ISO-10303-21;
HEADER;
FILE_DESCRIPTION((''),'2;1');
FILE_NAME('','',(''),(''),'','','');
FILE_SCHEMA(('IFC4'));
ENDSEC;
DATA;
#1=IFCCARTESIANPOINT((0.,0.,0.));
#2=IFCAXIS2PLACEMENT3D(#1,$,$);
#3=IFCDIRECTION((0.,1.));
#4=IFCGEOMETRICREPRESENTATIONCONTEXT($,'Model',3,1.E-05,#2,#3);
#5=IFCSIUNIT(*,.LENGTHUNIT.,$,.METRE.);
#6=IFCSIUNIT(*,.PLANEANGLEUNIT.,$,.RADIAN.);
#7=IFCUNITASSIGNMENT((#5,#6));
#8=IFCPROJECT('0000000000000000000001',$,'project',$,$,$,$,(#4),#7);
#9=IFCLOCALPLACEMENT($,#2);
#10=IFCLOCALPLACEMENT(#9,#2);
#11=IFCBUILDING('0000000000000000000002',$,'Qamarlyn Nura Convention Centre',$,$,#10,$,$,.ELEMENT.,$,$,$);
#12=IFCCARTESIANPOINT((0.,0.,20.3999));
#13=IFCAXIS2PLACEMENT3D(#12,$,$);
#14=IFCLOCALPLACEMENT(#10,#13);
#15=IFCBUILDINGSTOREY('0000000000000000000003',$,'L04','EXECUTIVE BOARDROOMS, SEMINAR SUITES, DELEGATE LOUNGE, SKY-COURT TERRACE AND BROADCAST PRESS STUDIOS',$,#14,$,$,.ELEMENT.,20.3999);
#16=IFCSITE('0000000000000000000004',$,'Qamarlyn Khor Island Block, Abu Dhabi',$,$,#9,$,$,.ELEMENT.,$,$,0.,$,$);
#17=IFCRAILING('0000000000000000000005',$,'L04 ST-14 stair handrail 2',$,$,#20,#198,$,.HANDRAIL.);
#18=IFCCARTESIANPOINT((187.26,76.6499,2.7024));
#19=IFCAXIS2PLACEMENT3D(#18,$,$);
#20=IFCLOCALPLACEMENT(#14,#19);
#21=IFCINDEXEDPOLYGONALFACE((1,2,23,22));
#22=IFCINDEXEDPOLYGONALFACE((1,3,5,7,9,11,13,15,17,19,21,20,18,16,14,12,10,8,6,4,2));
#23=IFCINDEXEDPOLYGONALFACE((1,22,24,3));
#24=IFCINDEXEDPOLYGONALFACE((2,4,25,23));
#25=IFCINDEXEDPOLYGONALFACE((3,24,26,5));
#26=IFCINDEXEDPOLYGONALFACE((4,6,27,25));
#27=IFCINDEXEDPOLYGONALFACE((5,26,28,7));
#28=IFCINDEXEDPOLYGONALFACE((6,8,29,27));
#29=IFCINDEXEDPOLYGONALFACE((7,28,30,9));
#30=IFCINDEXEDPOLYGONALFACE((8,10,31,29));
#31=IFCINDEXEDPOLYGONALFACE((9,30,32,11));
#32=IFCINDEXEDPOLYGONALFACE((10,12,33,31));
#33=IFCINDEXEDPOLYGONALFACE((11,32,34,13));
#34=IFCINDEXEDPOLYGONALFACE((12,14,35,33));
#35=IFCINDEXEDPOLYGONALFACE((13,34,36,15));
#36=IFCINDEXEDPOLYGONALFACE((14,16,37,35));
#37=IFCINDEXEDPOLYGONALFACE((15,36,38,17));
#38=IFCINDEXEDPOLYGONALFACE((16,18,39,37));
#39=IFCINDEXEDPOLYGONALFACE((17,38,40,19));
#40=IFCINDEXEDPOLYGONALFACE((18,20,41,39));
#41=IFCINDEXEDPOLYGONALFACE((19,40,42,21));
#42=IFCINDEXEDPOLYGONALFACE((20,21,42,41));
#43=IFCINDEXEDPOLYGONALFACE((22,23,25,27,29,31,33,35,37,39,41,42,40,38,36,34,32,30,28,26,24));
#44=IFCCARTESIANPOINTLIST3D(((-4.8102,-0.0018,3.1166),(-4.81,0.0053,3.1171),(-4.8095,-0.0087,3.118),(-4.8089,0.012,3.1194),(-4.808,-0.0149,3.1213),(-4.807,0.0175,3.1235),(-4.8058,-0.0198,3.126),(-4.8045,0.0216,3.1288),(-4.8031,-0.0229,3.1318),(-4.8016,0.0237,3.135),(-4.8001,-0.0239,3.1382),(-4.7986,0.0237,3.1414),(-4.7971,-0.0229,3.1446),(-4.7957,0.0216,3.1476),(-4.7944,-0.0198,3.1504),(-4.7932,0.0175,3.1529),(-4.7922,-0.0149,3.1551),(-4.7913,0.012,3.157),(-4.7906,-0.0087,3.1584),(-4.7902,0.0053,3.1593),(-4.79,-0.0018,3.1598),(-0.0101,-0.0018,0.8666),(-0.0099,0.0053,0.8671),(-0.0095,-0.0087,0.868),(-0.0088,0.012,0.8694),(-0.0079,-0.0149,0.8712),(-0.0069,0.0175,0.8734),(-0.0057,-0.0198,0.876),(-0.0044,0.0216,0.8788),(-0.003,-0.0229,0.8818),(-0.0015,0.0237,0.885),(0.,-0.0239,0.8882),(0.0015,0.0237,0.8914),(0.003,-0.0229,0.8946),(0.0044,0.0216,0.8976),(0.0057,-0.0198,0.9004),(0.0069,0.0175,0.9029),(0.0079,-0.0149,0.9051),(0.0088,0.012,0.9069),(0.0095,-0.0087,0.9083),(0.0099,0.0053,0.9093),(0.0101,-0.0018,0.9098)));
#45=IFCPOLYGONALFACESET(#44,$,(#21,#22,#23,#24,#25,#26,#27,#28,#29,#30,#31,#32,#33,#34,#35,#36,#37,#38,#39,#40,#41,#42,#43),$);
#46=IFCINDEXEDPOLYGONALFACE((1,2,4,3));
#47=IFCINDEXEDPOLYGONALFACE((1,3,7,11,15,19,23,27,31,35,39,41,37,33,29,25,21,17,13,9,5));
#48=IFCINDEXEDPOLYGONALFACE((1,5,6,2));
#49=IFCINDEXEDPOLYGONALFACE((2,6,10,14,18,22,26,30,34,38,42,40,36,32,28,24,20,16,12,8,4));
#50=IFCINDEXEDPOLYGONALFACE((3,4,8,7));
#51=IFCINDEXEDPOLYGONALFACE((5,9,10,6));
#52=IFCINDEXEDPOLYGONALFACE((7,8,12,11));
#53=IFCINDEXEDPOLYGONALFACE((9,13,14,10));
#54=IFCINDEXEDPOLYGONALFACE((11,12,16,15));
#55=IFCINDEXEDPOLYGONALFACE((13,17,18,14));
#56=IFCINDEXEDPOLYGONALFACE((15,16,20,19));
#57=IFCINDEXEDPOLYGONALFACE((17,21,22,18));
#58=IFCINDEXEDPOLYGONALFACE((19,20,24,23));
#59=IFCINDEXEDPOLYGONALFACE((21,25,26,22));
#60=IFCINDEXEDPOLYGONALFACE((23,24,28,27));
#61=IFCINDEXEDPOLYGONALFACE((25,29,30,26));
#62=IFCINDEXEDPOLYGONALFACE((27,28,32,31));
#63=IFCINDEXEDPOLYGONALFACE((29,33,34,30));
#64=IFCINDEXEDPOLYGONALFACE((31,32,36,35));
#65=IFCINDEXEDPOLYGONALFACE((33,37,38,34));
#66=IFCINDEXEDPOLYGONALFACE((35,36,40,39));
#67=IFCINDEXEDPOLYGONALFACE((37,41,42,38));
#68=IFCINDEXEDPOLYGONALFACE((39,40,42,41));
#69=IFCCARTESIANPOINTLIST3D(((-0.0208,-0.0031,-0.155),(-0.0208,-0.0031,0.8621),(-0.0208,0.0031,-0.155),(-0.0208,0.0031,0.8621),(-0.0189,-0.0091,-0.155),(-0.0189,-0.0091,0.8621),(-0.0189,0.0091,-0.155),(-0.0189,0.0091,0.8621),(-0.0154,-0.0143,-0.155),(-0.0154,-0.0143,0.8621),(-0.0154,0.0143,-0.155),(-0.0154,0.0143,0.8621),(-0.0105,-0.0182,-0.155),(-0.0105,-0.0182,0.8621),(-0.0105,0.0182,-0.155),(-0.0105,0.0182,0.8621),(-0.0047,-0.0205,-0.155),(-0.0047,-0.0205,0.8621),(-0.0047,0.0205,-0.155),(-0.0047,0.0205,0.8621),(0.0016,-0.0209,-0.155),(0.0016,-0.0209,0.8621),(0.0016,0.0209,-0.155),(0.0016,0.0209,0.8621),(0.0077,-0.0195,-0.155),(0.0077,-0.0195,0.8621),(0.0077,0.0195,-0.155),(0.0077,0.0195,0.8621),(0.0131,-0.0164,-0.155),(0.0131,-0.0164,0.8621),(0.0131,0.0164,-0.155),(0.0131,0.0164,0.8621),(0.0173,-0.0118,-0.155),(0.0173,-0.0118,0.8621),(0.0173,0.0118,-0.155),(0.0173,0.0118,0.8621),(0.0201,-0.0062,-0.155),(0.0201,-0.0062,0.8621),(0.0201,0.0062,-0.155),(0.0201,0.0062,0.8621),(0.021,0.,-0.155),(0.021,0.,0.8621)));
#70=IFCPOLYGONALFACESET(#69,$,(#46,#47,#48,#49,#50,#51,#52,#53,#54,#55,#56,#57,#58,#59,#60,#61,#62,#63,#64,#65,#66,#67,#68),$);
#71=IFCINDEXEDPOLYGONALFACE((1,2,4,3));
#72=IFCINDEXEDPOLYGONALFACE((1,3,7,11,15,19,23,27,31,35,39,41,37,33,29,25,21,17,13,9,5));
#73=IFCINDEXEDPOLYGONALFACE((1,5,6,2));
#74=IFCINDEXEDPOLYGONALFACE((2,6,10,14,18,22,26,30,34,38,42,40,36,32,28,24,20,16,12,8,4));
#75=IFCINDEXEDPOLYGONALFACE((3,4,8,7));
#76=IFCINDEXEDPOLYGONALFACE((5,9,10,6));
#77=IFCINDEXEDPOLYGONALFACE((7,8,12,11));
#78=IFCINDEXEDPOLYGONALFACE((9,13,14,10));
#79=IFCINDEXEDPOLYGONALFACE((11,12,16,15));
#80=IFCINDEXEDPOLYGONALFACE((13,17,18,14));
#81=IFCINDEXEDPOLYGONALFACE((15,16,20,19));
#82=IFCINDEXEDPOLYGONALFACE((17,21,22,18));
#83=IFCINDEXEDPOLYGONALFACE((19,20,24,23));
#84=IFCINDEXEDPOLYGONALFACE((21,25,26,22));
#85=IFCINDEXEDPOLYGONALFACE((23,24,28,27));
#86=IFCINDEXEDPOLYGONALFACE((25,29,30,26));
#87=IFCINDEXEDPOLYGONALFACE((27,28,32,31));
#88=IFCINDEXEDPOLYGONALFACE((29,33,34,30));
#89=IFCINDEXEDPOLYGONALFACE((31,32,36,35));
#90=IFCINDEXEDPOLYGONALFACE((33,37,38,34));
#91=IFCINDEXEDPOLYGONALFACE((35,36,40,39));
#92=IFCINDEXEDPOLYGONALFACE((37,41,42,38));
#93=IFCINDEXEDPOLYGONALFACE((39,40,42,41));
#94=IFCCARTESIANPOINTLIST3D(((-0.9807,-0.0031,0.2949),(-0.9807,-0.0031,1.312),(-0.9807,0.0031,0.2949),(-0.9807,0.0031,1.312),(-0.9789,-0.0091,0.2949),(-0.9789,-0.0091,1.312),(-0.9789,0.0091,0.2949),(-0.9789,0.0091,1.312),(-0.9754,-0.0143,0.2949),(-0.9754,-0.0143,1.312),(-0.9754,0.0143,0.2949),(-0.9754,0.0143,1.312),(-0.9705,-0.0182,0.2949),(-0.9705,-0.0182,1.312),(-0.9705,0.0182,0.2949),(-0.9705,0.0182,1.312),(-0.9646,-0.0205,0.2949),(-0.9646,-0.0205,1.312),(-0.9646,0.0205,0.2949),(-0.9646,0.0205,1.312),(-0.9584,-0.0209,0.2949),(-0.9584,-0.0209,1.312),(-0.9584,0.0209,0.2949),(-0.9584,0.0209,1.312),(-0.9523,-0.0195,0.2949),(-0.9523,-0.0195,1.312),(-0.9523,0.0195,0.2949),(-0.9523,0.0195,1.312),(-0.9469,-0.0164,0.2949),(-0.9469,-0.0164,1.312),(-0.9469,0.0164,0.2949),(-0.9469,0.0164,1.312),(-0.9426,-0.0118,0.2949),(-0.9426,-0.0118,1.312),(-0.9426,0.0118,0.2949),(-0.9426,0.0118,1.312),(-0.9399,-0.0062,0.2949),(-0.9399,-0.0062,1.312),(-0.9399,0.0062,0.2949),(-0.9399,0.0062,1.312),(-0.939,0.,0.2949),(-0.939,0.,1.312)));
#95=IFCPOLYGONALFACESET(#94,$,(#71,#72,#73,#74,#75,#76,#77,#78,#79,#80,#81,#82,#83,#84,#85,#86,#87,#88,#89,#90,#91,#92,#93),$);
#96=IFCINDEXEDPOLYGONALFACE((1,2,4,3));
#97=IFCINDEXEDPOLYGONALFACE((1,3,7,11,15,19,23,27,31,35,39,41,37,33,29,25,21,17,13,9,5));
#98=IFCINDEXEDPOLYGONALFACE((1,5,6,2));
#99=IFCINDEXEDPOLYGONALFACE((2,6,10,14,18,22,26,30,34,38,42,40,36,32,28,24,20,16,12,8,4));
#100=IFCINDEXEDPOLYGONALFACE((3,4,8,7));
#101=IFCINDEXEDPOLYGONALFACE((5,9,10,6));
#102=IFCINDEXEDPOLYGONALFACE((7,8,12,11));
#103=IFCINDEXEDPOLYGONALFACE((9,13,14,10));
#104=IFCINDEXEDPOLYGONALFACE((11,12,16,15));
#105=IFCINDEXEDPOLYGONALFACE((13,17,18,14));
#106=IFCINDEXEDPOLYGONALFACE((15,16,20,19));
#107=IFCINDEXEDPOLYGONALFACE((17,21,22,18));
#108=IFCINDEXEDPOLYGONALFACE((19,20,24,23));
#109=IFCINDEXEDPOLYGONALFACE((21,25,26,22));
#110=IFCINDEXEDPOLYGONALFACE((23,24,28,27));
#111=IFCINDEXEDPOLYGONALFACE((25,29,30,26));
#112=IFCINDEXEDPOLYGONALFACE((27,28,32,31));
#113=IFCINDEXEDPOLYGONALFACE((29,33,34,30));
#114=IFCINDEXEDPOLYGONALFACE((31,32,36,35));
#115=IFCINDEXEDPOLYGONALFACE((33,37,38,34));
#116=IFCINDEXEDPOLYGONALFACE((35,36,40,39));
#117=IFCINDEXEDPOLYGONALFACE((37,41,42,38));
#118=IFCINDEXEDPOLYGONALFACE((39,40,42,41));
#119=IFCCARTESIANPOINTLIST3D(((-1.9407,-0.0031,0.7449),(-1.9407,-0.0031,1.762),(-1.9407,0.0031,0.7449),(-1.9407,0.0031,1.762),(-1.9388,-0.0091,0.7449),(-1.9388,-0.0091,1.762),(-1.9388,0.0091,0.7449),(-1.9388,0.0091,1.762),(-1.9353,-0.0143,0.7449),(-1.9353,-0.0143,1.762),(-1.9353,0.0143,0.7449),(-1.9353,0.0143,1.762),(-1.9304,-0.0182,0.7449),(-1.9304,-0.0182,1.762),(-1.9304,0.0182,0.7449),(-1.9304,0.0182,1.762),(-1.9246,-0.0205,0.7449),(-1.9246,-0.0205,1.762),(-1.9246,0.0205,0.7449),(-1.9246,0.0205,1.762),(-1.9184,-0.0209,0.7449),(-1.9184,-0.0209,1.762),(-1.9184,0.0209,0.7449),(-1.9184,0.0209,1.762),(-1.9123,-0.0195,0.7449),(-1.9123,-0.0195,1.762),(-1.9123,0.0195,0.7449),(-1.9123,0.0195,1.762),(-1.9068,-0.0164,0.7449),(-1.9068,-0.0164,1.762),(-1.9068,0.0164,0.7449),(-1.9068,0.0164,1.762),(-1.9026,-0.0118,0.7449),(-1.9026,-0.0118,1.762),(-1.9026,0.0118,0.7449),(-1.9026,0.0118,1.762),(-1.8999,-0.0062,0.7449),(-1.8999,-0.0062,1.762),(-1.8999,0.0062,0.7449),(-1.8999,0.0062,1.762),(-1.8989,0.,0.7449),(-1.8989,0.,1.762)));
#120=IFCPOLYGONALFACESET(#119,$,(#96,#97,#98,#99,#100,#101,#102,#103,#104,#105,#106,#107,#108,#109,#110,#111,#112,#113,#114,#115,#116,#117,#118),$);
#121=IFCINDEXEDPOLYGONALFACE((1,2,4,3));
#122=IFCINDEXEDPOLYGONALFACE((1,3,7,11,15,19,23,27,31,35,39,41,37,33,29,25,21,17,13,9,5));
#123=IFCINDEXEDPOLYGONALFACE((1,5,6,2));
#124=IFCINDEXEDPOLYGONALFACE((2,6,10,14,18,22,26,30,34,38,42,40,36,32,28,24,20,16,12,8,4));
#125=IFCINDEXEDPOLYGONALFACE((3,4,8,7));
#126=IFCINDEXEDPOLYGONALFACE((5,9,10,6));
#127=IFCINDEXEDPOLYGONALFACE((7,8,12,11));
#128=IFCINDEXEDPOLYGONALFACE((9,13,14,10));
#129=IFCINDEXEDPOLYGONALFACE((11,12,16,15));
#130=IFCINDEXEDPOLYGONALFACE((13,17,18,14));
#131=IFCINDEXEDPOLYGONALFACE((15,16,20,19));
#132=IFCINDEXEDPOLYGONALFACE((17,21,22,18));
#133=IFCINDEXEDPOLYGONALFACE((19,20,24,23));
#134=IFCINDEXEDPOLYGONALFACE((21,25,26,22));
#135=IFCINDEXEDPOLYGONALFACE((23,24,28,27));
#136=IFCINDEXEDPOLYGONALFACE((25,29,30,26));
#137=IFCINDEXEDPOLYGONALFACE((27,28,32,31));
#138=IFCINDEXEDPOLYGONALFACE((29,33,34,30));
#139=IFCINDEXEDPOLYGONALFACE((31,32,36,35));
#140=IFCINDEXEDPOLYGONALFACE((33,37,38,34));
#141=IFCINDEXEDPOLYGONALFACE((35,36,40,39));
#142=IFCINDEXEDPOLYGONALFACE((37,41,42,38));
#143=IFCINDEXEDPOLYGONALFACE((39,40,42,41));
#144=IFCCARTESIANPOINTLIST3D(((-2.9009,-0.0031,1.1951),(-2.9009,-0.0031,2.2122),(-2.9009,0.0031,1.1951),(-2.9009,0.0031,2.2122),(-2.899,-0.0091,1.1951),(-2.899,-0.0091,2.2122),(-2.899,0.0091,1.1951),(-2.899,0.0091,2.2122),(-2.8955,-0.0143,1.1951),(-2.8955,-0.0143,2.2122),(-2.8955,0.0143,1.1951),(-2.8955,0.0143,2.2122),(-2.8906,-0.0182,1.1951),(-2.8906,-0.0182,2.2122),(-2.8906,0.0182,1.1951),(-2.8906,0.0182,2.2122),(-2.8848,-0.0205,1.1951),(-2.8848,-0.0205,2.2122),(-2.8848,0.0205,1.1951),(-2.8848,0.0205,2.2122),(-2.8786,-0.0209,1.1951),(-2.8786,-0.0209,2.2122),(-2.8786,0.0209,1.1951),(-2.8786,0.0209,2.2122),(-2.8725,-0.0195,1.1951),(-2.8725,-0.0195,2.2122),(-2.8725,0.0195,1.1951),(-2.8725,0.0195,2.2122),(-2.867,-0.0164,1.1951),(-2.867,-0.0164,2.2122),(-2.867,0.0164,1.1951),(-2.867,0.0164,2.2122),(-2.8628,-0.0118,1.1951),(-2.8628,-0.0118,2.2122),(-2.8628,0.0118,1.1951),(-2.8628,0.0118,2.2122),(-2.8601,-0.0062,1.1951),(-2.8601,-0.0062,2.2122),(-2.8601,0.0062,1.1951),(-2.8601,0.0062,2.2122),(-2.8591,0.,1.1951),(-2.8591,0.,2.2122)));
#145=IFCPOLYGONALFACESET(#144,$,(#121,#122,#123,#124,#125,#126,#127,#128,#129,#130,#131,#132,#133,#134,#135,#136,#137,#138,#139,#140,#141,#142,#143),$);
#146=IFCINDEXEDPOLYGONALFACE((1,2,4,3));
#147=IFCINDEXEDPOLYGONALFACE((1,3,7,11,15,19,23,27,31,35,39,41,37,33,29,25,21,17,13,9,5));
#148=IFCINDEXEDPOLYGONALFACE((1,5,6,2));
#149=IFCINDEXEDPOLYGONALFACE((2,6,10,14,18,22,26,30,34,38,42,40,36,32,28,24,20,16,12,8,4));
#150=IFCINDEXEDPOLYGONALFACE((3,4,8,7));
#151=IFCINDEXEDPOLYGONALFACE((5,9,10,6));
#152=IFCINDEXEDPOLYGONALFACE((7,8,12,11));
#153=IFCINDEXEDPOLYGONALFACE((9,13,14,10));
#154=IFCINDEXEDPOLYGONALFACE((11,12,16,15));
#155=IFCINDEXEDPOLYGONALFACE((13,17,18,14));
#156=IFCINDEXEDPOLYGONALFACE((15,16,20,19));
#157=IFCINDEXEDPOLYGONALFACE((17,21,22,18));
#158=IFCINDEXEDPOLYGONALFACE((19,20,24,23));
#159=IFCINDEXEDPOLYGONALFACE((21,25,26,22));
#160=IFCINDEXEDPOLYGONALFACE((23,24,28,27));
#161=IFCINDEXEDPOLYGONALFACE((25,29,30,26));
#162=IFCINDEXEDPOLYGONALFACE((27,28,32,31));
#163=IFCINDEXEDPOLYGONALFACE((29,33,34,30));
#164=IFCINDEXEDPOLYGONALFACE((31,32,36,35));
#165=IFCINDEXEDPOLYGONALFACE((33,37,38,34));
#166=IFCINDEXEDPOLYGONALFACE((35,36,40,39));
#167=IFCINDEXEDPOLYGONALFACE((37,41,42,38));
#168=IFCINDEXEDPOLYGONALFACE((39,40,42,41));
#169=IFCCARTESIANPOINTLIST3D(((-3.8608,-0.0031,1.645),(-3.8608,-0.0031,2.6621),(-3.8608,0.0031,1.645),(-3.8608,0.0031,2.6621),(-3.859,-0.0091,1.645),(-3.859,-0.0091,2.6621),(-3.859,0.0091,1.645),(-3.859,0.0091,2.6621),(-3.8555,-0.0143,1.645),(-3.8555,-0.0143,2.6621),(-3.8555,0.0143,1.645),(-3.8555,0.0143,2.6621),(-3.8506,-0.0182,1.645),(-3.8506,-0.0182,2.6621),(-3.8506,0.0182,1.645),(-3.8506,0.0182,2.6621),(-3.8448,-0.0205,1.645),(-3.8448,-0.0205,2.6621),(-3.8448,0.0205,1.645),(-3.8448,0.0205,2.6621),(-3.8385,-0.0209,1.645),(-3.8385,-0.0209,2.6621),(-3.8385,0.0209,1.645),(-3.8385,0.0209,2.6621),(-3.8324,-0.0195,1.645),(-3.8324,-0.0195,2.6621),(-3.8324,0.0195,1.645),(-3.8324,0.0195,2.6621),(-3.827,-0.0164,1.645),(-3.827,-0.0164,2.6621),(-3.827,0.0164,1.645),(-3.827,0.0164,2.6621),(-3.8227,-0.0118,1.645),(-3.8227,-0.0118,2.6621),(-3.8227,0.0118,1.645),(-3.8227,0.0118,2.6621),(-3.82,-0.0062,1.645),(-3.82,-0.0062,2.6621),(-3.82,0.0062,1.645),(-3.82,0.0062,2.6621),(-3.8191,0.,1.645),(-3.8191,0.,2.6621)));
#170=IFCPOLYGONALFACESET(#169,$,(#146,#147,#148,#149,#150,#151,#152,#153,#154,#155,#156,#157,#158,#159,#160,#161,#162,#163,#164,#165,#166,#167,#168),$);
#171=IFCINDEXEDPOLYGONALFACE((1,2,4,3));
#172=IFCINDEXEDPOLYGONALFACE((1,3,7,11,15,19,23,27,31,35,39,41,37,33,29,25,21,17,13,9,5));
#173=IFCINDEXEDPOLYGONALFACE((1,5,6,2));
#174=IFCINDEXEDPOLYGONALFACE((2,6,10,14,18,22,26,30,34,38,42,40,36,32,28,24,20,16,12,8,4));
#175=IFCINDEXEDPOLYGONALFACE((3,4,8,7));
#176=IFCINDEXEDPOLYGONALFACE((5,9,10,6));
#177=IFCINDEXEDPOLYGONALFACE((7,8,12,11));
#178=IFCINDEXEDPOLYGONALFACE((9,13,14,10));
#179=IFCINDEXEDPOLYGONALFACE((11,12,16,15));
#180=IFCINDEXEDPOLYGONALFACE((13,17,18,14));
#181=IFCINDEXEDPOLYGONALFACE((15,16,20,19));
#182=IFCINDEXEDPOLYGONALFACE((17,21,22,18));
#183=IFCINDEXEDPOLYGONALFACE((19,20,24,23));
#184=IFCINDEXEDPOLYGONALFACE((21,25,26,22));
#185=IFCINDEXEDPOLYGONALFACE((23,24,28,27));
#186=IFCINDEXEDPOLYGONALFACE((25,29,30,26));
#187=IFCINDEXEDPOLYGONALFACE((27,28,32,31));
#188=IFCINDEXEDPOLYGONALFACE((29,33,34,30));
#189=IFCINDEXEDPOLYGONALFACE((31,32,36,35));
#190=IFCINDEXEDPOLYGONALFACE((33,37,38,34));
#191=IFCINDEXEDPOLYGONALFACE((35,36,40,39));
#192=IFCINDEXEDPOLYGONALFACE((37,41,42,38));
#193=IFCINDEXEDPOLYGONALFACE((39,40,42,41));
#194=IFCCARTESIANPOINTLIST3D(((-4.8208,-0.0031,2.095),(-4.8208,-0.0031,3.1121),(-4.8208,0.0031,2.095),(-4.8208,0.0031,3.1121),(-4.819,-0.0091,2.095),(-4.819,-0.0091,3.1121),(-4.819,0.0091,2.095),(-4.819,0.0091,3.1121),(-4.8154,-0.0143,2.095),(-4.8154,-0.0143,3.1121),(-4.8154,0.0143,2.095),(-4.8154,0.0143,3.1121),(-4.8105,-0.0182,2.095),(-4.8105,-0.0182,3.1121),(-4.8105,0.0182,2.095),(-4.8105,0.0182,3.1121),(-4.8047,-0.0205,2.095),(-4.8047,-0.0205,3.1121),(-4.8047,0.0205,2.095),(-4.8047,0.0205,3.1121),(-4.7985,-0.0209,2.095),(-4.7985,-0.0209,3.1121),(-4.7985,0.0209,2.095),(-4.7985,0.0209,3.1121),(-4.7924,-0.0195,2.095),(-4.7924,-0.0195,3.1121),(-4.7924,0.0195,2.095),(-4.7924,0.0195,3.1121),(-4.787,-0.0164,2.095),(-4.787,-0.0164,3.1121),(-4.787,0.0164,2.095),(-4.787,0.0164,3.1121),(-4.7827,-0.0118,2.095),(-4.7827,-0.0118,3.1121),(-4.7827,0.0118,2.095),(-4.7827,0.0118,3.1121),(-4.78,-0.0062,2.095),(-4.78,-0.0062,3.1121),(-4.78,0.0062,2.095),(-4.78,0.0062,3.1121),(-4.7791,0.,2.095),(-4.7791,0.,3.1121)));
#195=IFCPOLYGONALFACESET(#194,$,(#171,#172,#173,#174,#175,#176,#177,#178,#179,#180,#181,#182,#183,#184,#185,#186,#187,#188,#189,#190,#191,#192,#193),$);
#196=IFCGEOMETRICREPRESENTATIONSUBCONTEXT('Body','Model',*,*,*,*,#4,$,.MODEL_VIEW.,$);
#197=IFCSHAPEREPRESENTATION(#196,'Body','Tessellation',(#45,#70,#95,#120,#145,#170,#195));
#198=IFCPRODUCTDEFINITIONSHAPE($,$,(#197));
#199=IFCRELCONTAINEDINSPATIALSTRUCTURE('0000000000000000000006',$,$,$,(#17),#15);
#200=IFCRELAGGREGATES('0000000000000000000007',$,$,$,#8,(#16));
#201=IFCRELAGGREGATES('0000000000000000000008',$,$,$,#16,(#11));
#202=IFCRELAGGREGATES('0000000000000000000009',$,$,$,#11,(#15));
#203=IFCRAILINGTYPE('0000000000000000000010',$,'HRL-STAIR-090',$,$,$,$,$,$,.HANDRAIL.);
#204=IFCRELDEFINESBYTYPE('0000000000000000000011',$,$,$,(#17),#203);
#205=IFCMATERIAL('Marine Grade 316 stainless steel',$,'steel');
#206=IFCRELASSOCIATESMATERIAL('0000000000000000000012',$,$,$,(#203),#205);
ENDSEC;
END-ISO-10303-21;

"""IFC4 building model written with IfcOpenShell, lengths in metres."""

from ifc_helpers import new_model, si_unit, direction, frame, origin, origin_2d, place, context, subcontext, project, spatial, circle, extrude, material, type_object, element, save


model = new_model("IFC4")

# Units and contexts
model_context = context("Model", 3, precision=1e-05, world=origin(), true_north=direction((0.0, 1.0)))
body_context = subcontext(model_context, "Body", "Model", "MODEL_VIEW")
ifc_project = project(units=[si_unit("LENGTHUNIT", "METRE"), si_unit("PLANEANGLEUNIT", "RADIAN")], contexts=[model_context])

# Site, building, storey
site_placement = place(None, origin())
site = spatial("IfcSite", under=ifc_project, at=site_placement, Name="Qamarlyn Khor Island Block, Abu Dhabi", CompositionType="ELEMENT", RefElevation=0.0)
building_placement = place(site_placement, origin())
building = spatial("IfcBuilding", under=site, at=building_placement, Name="Qamarlyn Nura Convention Centre", CompositionType="ELEMENT")
storey_placement = place(building_placement, frame((0.0, 0.0, 20.3999)))
storey = spatial("IfcBuildingStorey", under=building, at=storey_placement, Name="L04", Description="EXECUTIVE BOARDROOMS, SEMINAR SUITES, DELEGATE LOUNGE, SKY-COURT TERRACE AND BROADCAST PRESS STUDIOS", CompositionType="ELEMENT", Elevation=20.3999)

# Railing
ifc_material_1 = material(Name="Marine Grade 316 stainless steel", Category="steel")
railing_type_1 = type_object("IfcRailingType", Name="HRL-STAIR-090", PredefinedType="HANDRAIL", material=ifc_material_1)
railing_1_placement = place(storey_placement, frame((187.26, 76.6499, 2.7024)))
element("IfcRailing", 1, at=railing_1_placement, inside=storey, type_object=railing_type_1, Name="L04 ST-14 stair handrail 2", PredefinedType="HANDRAIL", context=body_context, shape_type="SweptSolid", body=[
    extrude(circle(Radius=0.0239, at=origin_2d()), frame((0.0, 0.0, 0.8882), z_axis=(-0.905461, 0.0, 0.42443), x_axis=(0.0, -1.0, 0.0)), (0.0, 0.0, 1.0), 5.3013),
    extrude(circle(Radius=0.021, at=origin_2d()), frame((0.0, 0.0, -0.155)), (0.0, 0.0, 1.0), 1.0171),
    extrude(circle(Radius=0.021, at=origin_2d()), frame((-0.96, 0.0, 0.2949)), (0.0, 0.0, 1.0), 1.0171),
    extrude(circle(Radius=0.021, at=origin_2d()), frame((-1.9199, 0.0, 0.7449)), (0.0, 0.0, 1.0), 1.0171),
    extrude(circle(Radius=0.021, at=origin_2d()), frame((-2.8801, 0.0, 1.1951)), (0.0, 0.0, 1.0), 1.0171),
    extrude(circle(Radius=0.021, at=origin_2d()), frame((-3.8401, 0.0, 1.645)), (0.0, 0.0, 1.0), 1.0171),
    extrude(circle(Radius=0.021, at=origin_2d()), frame((-4.8, 0.0, 2.095)), (0.0, 0.0, 1.0), 1.0171),
])

save(model, "model.ifc")
